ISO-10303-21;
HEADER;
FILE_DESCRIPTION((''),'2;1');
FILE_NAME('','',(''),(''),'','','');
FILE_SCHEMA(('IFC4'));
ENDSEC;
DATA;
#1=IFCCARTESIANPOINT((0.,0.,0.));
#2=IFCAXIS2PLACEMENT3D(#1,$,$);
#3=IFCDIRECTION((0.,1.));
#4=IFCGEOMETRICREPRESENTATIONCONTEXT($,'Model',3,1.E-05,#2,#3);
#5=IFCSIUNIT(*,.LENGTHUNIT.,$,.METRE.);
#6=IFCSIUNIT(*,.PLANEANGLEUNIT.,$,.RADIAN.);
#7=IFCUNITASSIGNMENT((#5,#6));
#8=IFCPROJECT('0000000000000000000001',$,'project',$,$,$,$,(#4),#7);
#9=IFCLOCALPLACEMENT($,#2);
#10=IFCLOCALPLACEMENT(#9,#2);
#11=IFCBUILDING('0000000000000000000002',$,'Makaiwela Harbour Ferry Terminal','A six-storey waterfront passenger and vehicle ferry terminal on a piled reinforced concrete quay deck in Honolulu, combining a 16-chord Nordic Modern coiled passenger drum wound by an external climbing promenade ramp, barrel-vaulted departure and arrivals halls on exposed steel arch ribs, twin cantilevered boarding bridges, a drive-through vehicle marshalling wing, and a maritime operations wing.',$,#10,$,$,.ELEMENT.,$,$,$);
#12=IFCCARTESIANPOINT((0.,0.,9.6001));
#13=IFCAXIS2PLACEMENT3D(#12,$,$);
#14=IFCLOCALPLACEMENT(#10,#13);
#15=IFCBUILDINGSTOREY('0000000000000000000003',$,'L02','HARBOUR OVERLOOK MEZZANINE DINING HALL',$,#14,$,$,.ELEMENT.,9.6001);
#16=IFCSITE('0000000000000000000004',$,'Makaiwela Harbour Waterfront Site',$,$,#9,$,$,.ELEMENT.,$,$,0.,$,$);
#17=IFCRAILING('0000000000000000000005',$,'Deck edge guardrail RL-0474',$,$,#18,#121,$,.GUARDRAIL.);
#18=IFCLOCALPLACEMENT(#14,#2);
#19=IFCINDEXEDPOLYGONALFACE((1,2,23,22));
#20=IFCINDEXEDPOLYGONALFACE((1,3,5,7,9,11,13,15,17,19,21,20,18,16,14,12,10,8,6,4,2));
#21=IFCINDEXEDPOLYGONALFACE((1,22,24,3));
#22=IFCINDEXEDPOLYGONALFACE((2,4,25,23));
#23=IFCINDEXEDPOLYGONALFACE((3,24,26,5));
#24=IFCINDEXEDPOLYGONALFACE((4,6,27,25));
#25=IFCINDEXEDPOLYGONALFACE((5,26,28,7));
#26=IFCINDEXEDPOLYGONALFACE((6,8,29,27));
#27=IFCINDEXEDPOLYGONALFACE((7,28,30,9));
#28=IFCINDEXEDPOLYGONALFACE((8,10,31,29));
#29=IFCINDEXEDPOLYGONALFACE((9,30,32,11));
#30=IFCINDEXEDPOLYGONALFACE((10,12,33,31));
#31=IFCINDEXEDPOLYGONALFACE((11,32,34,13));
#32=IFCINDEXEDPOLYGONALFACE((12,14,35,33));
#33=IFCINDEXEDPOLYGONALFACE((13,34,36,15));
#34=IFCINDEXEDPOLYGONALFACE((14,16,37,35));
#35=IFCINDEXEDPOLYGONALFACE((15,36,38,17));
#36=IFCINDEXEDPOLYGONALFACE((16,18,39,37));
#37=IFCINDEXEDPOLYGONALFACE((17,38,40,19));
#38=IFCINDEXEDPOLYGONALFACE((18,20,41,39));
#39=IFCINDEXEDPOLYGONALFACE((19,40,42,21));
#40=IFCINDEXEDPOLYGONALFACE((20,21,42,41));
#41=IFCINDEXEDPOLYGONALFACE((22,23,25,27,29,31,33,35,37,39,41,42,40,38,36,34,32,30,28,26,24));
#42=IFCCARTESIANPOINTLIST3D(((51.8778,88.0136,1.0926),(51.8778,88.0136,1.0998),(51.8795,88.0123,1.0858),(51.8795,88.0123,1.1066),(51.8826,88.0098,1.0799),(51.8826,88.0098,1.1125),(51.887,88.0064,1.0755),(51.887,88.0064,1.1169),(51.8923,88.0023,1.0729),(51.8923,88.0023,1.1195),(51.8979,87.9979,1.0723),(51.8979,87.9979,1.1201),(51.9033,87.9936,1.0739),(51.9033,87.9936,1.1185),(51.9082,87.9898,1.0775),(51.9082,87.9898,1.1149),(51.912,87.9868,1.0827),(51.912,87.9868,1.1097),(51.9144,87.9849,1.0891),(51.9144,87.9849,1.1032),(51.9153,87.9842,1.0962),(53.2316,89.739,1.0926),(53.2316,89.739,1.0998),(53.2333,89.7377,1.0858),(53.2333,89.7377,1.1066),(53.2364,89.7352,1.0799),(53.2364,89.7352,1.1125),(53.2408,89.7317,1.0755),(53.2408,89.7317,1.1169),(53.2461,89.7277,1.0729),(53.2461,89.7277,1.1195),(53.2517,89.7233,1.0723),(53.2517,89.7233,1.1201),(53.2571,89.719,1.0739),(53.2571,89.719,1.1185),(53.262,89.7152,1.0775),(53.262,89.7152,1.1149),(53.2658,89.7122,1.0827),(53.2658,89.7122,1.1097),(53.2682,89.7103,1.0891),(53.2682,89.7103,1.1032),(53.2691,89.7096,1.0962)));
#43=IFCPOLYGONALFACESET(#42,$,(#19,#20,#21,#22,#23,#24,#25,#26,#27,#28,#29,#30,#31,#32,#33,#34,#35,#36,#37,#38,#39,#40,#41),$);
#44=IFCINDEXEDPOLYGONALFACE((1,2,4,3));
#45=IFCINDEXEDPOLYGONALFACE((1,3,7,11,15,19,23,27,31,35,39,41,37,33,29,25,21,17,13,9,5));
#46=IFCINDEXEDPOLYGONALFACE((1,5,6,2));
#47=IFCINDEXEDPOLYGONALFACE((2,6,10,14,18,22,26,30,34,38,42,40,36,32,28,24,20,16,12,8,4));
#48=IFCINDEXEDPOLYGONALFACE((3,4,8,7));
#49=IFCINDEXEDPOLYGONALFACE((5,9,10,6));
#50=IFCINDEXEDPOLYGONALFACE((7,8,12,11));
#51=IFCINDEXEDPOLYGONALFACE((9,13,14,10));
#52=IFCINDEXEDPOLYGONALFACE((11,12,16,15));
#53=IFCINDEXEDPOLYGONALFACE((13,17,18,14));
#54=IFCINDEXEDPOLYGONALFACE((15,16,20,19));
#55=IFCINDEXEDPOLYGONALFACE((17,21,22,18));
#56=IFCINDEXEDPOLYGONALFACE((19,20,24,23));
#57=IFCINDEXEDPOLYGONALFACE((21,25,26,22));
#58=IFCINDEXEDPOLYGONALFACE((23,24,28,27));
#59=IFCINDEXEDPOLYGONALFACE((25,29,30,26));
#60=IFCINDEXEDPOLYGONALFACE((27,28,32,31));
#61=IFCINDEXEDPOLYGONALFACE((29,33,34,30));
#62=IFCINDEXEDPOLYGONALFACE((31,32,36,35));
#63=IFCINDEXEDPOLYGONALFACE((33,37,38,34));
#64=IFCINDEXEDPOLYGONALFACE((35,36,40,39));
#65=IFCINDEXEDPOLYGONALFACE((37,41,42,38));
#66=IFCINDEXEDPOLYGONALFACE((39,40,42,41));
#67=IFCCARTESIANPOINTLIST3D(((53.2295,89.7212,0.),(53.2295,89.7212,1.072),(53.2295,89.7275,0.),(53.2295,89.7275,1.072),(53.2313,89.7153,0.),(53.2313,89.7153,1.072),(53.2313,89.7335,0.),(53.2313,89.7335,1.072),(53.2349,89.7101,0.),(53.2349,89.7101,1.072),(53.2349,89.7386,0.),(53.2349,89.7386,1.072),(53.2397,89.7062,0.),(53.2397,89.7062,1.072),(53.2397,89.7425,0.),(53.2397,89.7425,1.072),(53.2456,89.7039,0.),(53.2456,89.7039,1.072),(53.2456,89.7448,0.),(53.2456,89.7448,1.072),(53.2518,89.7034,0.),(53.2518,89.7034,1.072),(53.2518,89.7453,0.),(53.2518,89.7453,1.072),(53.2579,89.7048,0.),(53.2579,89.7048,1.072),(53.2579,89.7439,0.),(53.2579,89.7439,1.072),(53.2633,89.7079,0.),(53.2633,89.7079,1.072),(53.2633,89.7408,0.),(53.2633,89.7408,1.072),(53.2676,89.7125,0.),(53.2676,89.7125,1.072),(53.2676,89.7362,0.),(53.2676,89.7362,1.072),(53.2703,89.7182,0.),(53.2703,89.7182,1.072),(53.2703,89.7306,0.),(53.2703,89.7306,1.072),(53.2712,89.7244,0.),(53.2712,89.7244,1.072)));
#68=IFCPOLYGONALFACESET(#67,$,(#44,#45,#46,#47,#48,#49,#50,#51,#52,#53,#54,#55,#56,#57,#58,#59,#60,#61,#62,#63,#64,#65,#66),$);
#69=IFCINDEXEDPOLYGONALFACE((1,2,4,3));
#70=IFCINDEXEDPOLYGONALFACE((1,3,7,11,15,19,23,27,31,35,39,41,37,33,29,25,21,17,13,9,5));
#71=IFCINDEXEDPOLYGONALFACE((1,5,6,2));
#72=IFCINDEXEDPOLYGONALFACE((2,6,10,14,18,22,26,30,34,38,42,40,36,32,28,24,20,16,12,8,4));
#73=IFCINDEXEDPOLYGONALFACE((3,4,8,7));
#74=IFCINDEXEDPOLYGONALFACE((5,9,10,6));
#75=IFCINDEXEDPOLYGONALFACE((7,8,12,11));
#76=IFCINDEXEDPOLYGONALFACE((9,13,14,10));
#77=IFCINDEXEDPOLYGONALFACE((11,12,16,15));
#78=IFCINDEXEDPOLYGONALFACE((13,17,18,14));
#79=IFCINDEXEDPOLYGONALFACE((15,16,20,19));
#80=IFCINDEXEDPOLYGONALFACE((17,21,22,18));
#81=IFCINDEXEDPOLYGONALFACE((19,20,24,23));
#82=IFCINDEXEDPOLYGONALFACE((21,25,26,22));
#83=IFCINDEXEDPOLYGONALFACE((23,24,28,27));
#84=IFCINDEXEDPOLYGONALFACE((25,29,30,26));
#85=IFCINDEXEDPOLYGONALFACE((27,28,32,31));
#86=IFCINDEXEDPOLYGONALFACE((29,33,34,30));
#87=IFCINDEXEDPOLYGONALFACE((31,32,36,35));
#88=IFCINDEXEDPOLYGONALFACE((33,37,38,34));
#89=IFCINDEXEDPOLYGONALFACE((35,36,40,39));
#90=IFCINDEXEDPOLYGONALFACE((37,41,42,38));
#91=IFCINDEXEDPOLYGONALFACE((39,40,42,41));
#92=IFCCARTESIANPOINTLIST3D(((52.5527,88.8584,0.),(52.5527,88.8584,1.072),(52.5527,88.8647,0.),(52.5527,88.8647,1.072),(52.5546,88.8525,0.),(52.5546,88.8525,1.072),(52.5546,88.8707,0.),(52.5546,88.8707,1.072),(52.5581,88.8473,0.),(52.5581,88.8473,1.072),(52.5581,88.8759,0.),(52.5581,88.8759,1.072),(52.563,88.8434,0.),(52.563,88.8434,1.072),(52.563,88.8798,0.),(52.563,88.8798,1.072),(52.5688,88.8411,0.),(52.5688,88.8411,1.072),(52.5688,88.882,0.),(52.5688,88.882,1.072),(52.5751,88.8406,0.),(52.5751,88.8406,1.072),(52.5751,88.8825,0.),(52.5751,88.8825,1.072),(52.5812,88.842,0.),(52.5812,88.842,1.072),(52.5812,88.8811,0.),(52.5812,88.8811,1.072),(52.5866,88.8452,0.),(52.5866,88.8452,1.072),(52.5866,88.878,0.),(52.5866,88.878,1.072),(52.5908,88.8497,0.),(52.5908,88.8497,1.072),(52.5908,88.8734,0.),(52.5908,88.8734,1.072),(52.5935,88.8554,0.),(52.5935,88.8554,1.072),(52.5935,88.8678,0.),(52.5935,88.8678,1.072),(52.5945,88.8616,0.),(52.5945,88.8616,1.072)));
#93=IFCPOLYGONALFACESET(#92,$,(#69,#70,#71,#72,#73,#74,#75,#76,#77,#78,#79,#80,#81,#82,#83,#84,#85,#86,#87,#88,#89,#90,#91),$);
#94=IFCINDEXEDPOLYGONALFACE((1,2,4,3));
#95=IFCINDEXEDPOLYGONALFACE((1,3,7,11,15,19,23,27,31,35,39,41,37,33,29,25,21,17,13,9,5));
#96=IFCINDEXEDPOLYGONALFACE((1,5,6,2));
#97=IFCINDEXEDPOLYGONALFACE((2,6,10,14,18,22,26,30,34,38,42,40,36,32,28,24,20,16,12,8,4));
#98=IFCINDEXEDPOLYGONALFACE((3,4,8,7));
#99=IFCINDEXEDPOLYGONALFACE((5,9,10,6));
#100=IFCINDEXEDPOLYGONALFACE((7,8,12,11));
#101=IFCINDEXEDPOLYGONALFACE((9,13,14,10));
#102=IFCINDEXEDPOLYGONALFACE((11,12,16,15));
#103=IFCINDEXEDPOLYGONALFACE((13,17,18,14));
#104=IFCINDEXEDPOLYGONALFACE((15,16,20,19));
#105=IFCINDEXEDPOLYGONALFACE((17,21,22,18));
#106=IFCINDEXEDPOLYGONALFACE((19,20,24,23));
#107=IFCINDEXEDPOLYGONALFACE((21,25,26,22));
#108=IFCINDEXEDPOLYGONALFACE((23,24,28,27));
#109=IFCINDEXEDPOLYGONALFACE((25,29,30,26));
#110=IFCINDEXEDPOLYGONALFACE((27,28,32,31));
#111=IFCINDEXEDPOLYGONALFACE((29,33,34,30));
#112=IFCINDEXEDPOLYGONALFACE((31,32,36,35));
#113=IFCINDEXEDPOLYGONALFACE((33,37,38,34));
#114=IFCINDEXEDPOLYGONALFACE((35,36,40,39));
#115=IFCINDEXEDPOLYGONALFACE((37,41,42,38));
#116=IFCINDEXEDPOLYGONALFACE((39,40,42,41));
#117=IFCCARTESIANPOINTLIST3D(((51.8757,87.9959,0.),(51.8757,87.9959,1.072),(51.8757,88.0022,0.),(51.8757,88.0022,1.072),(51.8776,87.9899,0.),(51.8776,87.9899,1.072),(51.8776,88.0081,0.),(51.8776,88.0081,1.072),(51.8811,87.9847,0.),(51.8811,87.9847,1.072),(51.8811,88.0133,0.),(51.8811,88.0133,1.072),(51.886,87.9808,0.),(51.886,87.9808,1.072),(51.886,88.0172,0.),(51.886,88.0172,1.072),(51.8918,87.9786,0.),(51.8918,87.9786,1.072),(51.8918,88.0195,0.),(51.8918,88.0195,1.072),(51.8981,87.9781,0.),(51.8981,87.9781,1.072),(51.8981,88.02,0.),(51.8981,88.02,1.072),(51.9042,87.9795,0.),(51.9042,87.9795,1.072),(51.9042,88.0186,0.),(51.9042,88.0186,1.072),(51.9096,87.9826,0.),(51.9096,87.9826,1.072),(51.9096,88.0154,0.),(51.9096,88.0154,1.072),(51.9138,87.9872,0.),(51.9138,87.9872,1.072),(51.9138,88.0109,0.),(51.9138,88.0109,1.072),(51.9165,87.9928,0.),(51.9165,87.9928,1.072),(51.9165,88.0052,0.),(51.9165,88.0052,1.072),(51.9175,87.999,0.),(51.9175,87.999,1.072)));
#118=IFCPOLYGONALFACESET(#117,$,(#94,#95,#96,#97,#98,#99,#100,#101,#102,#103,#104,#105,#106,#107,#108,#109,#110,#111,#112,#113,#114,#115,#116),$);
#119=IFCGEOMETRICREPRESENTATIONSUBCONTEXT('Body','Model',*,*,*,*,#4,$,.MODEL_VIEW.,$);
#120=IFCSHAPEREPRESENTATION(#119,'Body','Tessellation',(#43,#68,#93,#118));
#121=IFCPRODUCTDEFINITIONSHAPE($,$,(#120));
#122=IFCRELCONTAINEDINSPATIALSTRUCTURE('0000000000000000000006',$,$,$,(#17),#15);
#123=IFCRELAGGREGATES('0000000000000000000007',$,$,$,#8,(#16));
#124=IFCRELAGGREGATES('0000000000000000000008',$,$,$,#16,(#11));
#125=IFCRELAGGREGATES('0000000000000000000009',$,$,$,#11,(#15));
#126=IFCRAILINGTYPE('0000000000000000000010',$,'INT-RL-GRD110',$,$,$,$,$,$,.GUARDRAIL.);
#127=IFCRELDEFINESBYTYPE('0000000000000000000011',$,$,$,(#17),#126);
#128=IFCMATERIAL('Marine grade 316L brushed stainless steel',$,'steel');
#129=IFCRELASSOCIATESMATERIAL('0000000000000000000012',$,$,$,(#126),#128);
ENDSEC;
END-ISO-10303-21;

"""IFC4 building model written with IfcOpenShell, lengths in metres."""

from ifc_helpers import new_model, si_unit, direction, frame, origin, origin_2d, place, context, subcontext, project, spatial, circle, extrude, material, type_object, element, save


model = new_model("IFC4")

# Units and contexts
model_context = context("Model", 3, precision=1e-05, world=origin(), true_north=direction((0.0, 1.0)))
body_context = subcontext(model_context, "Body", "Model", "MODEL_VIEW")
ifc_project = project(units=[si_unit("LENGTHUNIT", "METRE"), si_unit("PLANEANGLEUNIT", "RADIAN")], contexts=[model_context])

# Site, building, storey
site_placement = place(None, origin())
site = spatial("IfcSite", under=ifc_project, at=site_placement, Name="Makaiwela Harbour Waterfront Site", CompositionType="ELEMENT", RefElevation=0.0)
building_placement = place(site_placement, origin())
building = spatial("IfcBuilding", under=site, at=building_placement, Name="Makaiwela Harbour Ferry Terminal", Description="A six-storey waterfront passenger and vehicle ferry terminal on a piled reinforced concrete quay deck in Honolulu, combining a 16-chord Nordic Modern coiled passenger drum wound by an external climbing promenade ramp, barrel-vaulted departure and arrivals halls on exposed steel arch ribs, twin cantilevered boarding bridges, a drive-through vehicle marshalling wing, and a maritime operations wing.", CompositionType="ELEMENT")
storey_placement = place(building_placement, frame((0.0, 0.0, 9.6001)))
storey = spatial("IfcBuildingStorey", under=building, at=storey_placement, Name="L02", Description="HARBOUR OVERLOOK MEZZANINE DINING HALL", CompositionType="ELEMENT", Elevation=9.6001)

# Railing
ifc_material_1 = material(Name="Marine grade 316L brushed stainless steel", Category="steel")
railing_type = type_object("IfcRailingType", Name="INT-RL-GRD110", PredefinedType="GUARDRAIL", material=ifc_material_1)
railing_1_placement = place(storey_placement, frame((53.2502, 89.7244, 0.0)))
element("IfcRailing", 1, at=railing_1_placement, inside=storey, type_object=railing_type, Name="Deck edge guardrail RL-0474", PredefinedType="GUARDRAIL", context=body_context, shape_type="SweptSolid", body=[
    extrude(circle(Radius=0.0239, at=origin_2d()), frame((0.0, 0.0, 1.0962), z_axis=(-0.617295, -0.786732, 0.0), x_axis=(0.786732, -0.617295, 0.0)), (0.0, 0.0, 1.0), 2.1931),
    extrude(circle(Radius=0.021, at=origin_2d()), origin(), (0.0, 0.0, 1.0), 1.072),
    extrude(circle(Radius=0.021, at=origin_2d()), frame((-0.6768, -0.8628, 0.0)), (0.0, 0.0, 1.0), 1.072),
    extrude(circle(Radius=0.021, at=origin_2d()), frame((-1.3538, -1.7253, 0.0)), (0.0, 0.0, 1.0), 1.072),
])

save(model, "model.ifc")
